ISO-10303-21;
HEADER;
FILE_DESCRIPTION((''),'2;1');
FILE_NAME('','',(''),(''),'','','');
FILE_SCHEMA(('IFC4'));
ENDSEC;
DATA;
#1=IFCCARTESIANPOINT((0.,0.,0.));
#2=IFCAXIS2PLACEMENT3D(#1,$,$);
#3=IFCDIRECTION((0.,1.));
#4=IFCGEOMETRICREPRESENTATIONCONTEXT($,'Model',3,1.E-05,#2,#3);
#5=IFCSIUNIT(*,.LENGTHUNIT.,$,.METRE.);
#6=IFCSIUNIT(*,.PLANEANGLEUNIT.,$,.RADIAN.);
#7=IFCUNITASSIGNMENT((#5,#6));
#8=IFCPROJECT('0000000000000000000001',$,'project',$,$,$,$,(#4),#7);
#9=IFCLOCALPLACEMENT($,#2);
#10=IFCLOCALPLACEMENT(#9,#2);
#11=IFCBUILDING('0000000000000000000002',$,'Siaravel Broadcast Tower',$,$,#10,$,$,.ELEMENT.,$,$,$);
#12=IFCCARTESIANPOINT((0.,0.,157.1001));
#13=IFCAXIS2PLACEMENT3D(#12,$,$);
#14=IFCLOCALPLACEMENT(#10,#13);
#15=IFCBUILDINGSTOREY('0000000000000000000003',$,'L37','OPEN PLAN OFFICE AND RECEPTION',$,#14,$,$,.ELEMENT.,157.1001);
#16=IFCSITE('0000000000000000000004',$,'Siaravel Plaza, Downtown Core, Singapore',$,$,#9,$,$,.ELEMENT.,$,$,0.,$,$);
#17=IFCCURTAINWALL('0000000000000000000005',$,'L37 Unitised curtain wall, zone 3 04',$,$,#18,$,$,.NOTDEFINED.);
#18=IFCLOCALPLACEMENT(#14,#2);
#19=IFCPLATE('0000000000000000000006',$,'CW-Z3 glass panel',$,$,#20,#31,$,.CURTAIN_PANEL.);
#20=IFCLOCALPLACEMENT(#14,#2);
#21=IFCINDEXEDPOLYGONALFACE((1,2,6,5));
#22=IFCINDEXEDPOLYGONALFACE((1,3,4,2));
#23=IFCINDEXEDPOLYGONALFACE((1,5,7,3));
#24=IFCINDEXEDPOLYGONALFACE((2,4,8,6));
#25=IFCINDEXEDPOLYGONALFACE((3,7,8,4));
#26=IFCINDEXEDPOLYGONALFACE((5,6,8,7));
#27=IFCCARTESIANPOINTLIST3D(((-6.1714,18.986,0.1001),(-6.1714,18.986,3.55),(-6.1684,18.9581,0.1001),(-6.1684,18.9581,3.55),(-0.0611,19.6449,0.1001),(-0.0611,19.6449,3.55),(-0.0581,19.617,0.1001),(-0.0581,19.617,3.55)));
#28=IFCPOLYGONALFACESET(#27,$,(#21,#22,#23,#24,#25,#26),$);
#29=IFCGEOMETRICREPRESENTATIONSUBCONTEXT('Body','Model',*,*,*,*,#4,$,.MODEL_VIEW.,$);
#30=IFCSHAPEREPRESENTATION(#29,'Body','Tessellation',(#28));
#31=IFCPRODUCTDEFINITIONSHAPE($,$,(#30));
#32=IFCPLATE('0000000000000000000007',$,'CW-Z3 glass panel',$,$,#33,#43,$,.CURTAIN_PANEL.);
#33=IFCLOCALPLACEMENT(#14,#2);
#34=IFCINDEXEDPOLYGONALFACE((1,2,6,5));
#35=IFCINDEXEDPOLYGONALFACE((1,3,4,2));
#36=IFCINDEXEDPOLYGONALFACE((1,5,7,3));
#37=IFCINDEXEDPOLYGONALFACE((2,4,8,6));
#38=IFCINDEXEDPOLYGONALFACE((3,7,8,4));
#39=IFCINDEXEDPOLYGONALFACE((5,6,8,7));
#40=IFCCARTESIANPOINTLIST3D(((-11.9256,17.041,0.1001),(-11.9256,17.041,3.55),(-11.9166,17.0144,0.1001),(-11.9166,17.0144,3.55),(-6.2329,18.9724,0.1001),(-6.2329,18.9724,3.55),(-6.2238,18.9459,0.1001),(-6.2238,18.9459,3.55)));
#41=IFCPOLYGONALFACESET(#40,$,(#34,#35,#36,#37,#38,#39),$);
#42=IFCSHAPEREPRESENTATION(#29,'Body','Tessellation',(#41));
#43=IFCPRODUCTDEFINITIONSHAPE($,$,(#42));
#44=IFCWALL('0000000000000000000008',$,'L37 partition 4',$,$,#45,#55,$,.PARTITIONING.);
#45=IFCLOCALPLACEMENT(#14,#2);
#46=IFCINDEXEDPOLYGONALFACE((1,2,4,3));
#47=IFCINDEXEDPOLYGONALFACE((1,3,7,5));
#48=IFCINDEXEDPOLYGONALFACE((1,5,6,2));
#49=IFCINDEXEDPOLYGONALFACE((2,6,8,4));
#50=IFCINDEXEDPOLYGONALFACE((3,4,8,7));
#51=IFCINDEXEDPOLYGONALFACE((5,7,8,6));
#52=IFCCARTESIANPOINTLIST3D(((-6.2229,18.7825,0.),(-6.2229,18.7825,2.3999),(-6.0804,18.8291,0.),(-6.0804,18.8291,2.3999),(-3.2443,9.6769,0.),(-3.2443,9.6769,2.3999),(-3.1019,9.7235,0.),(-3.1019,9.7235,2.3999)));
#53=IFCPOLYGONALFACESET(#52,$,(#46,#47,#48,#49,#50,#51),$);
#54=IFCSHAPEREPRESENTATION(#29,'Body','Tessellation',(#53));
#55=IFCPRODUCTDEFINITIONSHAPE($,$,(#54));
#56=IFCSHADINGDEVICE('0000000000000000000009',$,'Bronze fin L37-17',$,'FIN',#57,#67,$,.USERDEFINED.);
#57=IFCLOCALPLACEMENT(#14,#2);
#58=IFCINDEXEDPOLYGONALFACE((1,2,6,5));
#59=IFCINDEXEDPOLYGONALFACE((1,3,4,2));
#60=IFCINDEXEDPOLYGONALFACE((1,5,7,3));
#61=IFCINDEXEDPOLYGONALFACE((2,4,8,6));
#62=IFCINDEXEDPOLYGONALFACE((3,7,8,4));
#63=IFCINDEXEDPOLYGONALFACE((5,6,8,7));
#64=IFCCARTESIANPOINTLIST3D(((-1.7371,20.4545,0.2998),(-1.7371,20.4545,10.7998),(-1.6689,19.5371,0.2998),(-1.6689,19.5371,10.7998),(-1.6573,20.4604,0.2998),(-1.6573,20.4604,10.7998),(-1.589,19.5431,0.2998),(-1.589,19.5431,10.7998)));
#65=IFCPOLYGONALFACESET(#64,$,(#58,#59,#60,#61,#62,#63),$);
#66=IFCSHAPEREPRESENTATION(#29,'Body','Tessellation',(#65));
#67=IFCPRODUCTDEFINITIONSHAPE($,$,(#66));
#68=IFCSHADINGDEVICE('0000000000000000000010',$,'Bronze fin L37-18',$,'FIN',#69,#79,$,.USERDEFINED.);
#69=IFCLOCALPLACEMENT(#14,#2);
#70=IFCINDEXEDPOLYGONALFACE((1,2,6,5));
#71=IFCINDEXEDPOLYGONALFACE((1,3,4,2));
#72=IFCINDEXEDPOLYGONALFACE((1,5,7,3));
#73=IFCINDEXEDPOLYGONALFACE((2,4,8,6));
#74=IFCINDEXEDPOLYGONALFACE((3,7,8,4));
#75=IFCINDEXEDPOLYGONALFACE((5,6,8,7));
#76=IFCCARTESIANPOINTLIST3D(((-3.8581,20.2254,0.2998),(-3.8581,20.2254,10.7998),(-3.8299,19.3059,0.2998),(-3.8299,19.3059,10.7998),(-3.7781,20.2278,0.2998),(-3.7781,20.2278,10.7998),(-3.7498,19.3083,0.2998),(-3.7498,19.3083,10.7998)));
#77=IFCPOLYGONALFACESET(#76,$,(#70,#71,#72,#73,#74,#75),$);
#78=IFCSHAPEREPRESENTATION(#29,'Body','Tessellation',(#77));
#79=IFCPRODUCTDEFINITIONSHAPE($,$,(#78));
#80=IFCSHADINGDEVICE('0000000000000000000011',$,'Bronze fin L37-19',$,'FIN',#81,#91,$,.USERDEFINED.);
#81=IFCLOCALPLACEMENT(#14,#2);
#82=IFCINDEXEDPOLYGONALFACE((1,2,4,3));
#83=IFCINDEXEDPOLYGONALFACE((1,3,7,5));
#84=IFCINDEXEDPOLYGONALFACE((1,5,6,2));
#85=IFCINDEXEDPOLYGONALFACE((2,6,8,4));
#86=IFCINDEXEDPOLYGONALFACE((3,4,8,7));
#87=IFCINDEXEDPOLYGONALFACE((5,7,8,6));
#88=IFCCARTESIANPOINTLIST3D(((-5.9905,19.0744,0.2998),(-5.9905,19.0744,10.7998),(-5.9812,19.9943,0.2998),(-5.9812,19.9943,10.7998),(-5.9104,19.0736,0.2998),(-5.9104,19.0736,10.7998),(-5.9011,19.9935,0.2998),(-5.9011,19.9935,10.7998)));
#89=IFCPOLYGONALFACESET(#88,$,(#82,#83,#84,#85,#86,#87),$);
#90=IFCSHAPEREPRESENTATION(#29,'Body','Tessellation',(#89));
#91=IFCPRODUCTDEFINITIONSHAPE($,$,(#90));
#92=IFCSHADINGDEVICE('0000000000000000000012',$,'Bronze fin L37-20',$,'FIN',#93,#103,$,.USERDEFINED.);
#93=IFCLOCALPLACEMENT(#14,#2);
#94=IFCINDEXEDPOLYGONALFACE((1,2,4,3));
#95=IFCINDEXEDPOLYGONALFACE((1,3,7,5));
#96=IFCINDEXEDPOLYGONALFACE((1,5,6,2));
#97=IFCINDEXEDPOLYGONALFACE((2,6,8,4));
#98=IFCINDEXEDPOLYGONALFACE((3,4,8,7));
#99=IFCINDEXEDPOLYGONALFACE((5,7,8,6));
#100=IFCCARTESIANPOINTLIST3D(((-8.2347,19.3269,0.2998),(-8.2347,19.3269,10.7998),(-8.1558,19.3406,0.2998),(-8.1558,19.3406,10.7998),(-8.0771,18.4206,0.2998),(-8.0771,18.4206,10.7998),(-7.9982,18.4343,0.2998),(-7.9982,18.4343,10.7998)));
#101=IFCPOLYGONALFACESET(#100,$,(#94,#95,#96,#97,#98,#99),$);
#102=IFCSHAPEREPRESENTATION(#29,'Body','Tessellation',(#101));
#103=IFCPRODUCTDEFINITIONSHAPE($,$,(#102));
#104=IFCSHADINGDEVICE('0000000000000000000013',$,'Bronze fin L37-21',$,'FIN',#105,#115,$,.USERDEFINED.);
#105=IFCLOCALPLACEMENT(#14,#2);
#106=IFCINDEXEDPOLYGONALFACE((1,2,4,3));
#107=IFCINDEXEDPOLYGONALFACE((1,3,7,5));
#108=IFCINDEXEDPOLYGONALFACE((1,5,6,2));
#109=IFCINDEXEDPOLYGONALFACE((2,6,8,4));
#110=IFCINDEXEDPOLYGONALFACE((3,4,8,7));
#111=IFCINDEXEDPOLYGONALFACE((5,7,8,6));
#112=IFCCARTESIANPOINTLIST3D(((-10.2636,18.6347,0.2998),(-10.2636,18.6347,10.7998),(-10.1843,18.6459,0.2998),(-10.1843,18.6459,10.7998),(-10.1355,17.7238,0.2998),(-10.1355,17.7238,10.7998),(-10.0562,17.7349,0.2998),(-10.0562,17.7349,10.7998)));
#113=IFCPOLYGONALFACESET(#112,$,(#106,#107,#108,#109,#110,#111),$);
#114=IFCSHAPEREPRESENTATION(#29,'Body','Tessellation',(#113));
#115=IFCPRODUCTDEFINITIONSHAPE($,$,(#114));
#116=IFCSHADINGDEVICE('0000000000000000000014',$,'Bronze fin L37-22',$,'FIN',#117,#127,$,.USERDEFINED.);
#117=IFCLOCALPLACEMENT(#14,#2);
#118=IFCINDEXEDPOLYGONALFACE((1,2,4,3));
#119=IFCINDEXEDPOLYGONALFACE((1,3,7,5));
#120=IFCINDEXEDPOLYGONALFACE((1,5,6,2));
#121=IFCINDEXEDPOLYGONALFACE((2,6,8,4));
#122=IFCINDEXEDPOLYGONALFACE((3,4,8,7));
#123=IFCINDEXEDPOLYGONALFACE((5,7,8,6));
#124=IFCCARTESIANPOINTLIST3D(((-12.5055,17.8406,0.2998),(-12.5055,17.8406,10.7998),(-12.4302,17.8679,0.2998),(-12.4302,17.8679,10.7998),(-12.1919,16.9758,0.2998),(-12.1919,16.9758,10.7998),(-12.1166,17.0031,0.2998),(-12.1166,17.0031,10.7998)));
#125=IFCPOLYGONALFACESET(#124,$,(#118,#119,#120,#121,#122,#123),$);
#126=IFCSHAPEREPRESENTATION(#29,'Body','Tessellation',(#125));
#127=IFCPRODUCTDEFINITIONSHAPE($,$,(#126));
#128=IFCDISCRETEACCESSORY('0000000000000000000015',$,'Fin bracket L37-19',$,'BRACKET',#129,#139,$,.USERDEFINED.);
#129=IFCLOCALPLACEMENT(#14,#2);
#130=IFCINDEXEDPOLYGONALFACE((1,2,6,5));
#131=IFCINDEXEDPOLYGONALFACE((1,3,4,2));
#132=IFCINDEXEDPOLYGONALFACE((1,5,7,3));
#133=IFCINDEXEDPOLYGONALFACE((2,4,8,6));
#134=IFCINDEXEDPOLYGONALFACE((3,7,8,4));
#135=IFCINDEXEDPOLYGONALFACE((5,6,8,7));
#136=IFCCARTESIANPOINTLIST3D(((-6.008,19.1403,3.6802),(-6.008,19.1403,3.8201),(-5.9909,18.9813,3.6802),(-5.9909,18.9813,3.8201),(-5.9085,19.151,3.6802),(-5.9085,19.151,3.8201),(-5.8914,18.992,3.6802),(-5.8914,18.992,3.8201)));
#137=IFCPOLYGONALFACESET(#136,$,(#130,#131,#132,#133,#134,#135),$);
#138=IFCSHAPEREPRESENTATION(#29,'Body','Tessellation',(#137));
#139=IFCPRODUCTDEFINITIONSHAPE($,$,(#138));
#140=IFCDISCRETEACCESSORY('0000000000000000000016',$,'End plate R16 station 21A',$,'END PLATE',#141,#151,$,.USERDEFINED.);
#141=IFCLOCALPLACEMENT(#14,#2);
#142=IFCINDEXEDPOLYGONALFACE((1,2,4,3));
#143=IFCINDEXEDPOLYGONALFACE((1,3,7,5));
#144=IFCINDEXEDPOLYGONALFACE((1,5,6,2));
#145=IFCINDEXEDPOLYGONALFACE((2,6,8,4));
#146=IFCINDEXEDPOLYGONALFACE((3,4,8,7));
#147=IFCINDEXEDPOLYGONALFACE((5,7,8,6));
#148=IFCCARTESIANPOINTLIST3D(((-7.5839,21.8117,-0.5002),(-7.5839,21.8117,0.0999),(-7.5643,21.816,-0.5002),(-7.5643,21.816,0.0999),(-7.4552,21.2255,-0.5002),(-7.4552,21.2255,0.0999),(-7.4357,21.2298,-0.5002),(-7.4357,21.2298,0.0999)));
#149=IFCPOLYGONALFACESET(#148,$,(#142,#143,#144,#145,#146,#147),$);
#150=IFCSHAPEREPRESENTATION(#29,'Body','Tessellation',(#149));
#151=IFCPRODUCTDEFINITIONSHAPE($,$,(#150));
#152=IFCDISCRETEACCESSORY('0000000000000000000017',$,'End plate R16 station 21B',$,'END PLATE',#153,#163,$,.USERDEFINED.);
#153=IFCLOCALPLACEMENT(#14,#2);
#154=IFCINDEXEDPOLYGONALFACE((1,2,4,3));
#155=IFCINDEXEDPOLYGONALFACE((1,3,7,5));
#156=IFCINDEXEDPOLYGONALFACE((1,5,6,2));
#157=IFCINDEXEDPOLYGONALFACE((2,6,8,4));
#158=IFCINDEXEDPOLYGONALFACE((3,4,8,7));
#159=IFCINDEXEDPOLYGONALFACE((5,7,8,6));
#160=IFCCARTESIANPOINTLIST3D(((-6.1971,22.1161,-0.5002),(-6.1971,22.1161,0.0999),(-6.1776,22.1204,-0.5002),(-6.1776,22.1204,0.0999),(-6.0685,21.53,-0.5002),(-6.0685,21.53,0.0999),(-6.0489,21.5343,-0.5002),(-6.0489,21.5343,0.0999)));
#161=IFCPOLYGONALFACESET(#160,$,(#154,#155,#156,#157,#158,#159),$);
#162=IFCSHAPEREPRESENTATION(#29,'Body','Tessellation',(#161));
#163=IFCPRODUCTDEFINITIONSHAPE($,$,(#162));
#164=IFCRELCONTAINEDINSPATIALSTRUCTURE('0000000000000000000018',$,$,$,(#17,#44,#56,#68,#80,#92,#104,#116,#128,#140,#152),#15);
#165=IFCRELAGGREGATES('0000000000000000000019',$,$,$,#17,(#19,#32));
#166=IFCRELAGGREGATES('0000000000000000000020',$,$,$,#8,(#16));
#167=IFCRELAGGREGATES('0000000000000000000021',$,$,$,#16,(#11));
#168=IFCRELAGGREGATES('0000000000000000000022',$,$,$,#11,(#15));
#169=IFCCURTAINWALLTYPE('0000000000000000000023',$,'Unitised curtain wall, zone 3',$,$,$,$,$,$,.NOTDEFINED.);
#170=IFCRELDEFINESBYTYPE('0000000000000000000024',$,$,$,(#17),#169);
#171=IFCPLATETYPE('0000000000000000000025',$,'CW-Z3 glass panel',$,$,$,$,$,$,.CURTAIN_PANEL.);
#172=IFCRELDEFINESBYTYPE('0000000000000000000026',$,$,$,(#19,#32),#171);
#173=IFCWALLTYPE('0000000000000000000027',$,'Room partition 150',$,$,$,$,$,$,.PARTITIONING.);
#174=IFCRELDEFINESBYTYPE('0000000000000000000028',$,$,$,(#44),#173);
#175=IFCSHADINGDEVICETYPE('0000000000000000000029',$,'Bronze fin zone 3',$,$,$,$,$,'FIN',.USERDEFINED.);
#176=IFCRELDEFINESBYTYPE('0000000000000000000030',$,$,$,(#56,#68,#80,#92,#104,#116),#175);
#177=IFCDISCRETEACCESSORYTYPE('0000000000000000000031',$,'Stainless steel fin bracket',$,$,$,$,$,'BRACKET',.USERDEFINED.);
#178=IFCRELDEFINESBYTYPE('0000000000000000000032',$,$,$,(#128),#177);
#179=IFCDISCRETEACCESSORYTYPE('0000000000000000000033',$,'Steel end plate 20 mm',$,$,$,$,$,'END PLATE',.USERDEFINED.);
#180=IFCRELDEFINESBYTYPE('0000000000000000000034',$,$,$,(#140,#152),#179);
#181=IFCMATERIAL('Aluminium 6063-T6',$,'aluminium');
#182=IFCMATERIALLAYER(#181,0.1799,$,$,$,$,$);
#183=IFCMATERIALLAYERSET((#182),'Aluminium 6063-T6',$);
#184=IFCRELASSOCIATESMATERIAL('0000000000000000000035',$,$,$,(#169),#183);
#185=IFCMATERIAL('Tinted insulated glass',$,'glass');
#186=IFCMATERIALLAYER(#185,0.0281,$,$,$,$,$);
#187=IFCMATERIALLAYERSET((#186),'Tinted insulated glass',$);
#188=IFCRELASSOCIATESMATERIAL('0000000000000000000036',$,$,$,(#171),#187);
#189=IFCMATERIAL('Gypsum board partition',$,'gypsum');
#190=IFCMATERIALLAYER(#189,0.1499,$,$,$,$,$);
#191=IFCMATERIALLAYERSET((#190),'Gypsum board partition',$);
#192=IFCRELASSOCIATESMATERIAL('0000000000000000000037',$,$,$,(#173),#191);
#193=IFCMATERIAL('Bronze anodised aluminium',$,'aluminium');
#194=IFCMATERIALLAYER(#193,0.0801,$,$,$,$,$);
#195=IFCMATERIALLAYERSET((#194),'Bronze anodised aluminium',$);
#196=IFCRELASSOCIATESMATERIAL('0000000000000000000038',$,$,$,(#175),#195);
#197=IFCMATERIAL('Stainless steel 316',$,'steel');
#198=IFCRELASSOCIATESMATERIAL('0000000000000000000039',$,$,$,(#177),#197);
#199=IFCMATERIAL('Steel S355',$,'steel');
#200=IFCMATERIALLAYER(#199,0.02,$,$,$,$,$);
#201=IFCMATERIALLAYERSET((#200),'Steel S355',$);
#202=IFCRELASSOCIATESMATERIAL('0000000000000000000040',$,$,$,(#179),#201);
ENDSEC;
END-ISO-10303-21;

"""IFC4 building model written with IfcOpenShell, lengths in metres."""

from ifc_helpers import new_model, si_unit, direction, frame, frame_2d, origin, origin_2d, place, context, subcontext, project, spatial, rectangle, extrude, material, layer, layer_set, type_object, element, aggregate, save


model = new_model("IFC4")

# Units and contexts
model_context = context("Model", 3, precision=1e-05, world=origin(), true_north=direction((0.0, 1.0)))
body_context = subcontext(model_context, "Body", "Model", "MODEL_VIEW")
ifc_project = project(units=[si_unit("LENGTHUNIT", "METRE"), si_unit("PLANEANGLEUNIT", "RADIAN")], contexts=[model_context])

# Site, building, storey
site_placement = place(None, origin())
site = spatial("IfcSite", under=ifc_project, at=site_placement, Name="Siaravel Plaza, Downtown Core, Singapore", CompositionType="ELEMENT", RefElevation=0.0)
building_placement = place(site_placement, origin())
building = spatial("IfcBuilding", under=site, at=building_placement, Name="Siaravel Broadcast Tower", CompositionType="ELEMENT")
storey_placement = place(building_placement, frame((0.0, 0.0, 157.1001)))
storey = spatial("IfcBuildingStorey", under=building, at=storey_placement, Name="L37", Description="OPEN PLAN OFFICE AND RECEPTION", CompositionType="ELEMENT", Elevation=157.1001)

# Shared definitions
ifc_material_1 = material(Name="Steel S355", Category="steel")

# Curtain wall
ifc_material_2 = material(Name="Aluminium 6063-T6", Category="aluminium")
ifc_layer_1 = layer(ifc_material_2, 0.1799)
ifc_layer_set_1 = layer_set([ifc_layer_1], Name="Aluminium 6063-T6")
curtain_wall_type = type_object("IfcCurtainWallType", Name="Unitised curtain wall, zone 3", PredefinedType="NOTDEFINED", material=ifc_layer_set_1)
curtain_wall_placement = place(storey_placement, origin())
curtain_wall = element("IfcCurtainWall", 1, at=curtain_wall_placement, inside=storey, type_object=curtain_wall_type, Name="L37 Unitised curtain wall, zone 3 04", PredefinedType="NOTDEFINED")

# Plates
ifc_material_3 = material(Name="Tinted insulated glass", Category="glass")
ifc_layer_2 = layer(ifc_material_3, 0.0281)
ifc_layer_set_2 = layer_set([ifc_layer_2], Name="Tinted insulated glass")
plate_type = type_object("IfcPlateType", Name="CW-Z3 glass panel", PredefinedType="CURTAIN_PANEL", material=ifc_layer_set_2)
plate_1_placement = place(storey_placement, frame((-3.1147, 19.3015, 0.1001), z_axis=(0.0, 0.0, 1.0), x_axis=(-0.994236, -0.107218, 0.0)))
plate_1 = element("IfcPlate", 2, at=plate_1_placement, type_object=plate_type, Name="CW-Z3 glass panel", PredefinedType="CURTAIN_PANEL", context=body_context, shape_type="SweptSolid", body=[
    extrude(rectangle(XDim=6.1458, YDim=0.0281, at=origin_2d()), origin(), (0.0, 0.0, 1.0), 3.45),
])
plate_2_placement = place(storey_placement, frame((-9.0747, 17.9934, 0.1001), z_axis=(0.0, 0.0, 1.0), x_axis=(-0.946977, -0.321301, 0.0)))
plate_2 = element("IfcPlate", 3, at=plate_2_placement, type_object=plate_type, Name="CW-Z3 glass panel", PredefinedType="CURTAIN_PANEL", context=body_context, shape_type="SweptSolid", body=[
    extrude(rectangle(XDim=6.0115, YDim=0.0281, at=origin_2d()), origin(), (0.0, 0.0, 1.0), 3.45),
])
aggregate(curtain_wall, [plate_1, plate_2])

# Wall
ifc_material_4 = material(Name="Gypsum board partition", Category="gypsum")
ifc_layer_3 = layer(ifc_material_4, 0.1499)
ifc_layer_set_3 = layer_set([ifc_layer_3], Name="Gypsum board partition")
wall_type = type_object("IfcWallType", Name="Room partition 150", PredefinedType="PARTITIONING", material=ifc_layer_set_3)
wall_placement = place(storey_placement, frame((-6.1516, 18.8057, 0.0), z_axis=(0.0, 0.0, 1.0), x_axis=(0.310902, -0.950442, 0.0)))
element("IfcWall", 4, at=wall_placement, inside=storey, type_object=wall_type, Name="L37 partition 4", PredefinedType="PARTITIONING", context=body_context, shape_type="SweptSolid", body=[
    extrude(rectangle(XDim=9.5803, YDim=0.1499, at=frame_2d((4.79, 0.0))), origin(), (0.0, 0.0, 1.0), 2.3999),
])

# Shading devices
ifc_material_5 = material(Name="Bronze anodised aluminium", Category="aluminium")
ifc_layer_4 = layer(ifc_material_5, 0.0801)
ifc_layer_set_4 = layer_set([ifc_layer_4], Name="Bronze anodised aluminium")
shading_device_type = type_object("IfcShadingDeviceType", Name="Bronze fin zone 3", ElementType="FIN", PredefinedType="USERDEFINED", material=ifc_layer_set_4)
for number, where, z_axis, x_axis, name in (
    (5, (-1.6631, 19.9988, 0.2998), (0.0, 0.0, 1.0), (-0.074178, 0.997245, 0.0), "Bronze fin L37-17"),
    (6, (-3.804, 19.7668, 0.2998), (0.0, 0.0, 1.0), (-0.030694, 0.999529, 0.0), "Bronze fin L37-18"),
    (7, (-5.9458, 19.5339, 0.2998), (0.0, 0.0, 1.0), (0.010076, 0.999949, 0.0), "Bronze fin L37-19"),
    (8, (-8.1165, 18.8806, 0.2998), (0.0, 0.0, 1.0), (-0.171314, 0.985217, 0.0), "Bronze fin L37-20"),
    (9, (-10.1599, 18.1848, 0.2998), (0.0, 0.0, 1.0), (-0.139234, 0.99026, 0.0), "Bronze fin L37-21"),
    (10, (-12.311, 17.4219, 0.2998), (0.0, 0.0, 1.0), (-0.340942, 0.940084, 0.0), "Bronze fin L37-22"),
):
    element("IfcShadingDevice", number, at=place(storey_placement, frame(where, z_axis=z_axis, x_axis=x_axis)), inside=storey, type_object=shading_device_type, Name=name, ObjectType="FIN", PredefinedType="USERDEFINED", context=body_context, shape_type="SweptSolid", body=[
        extrude(rectangle(XDim=0.9199, YDim=0.0801, at=origin_2d()), origin(), (0.0, 0.0, 1.0), 10.5),
    ])

# Discrete accessories
ifc_material_6 = material(Name="Stainless steel 316", Category="steel")
discrete_accessory_type_1 = type_object("IfcDiscreteAccessoryType", Name="Stainless steel fin bracket", ElementType="BRACKET", PredefinedType="USERDEFINED", material=ifc_material_6)
discrete_accessory_placement = place(storey_placement, frame((-5.9497, 19.0662, 3.6802), z_axis=(0.0, 0.0, 1.0), x_axis=(-0.107219, 0.994235, 0.0)))
element("IfcDiscreteAccessory", 11, at=discrete_accessory_placement, inside=storey, type_object=discrete_accessory_type_1, Name="Fin bracket L37-19", ObjectType="BRACKET", PredefinedType="USERDEFINED", context=body_context, shape_type="SweptSolid", body=[
    extrude(rectangle(XDim=0.1599, YDim=0.1001, at=origin_2d()), origin(), (0.0, 0.0, 1.0), 0.1399),
])
ifc_layer_5 = layer(ifc_material_1, 0.02)
ifc_layer_set_5 = layer_set([ifc_layer_5], Name="Steel S355")
discrete_accessory_type_2 = type_object("IfcDiscreteAccessoryType", Name="Steel end plate 20 mm", ElementType="END PLATE", PredefinedType="USERDEFINED", material=ifc_layer_set_5)
for number, where, z_axis, x_axis, name in (
    (12, (-7.5098, 21.5208, -0.5002), (0.0, 0.0, 1.0), (-0.976751, -0.214377, 0.0), "End plate R16 station 21A"),
    (13, (-6.123, 21.8252, -0.5002), (0.0, 0.0, 1.0), (-0.976751, -0.214377, 0.0), "End plate R16 station 21B"),
):
    element("IfcDiscreteAccessory", number, at=place(storey_placement, frame(where, z_axis=z_axis, x_axis=x_axis)), inside=storey, type_object=discrete_accessory_type_2, Name=name, ObjectType="END PLATE", PredefinedType="USERDEFINED", context=body_context, shape_type="SweptSolid", body=[
        extrude(rectangle(XDim=0.02, YDim=0.6001, at=origin_2d()), origin(), (0.0, 0.0, 1.0), 0.6001),
    ])

save(model, "model.ifc")
